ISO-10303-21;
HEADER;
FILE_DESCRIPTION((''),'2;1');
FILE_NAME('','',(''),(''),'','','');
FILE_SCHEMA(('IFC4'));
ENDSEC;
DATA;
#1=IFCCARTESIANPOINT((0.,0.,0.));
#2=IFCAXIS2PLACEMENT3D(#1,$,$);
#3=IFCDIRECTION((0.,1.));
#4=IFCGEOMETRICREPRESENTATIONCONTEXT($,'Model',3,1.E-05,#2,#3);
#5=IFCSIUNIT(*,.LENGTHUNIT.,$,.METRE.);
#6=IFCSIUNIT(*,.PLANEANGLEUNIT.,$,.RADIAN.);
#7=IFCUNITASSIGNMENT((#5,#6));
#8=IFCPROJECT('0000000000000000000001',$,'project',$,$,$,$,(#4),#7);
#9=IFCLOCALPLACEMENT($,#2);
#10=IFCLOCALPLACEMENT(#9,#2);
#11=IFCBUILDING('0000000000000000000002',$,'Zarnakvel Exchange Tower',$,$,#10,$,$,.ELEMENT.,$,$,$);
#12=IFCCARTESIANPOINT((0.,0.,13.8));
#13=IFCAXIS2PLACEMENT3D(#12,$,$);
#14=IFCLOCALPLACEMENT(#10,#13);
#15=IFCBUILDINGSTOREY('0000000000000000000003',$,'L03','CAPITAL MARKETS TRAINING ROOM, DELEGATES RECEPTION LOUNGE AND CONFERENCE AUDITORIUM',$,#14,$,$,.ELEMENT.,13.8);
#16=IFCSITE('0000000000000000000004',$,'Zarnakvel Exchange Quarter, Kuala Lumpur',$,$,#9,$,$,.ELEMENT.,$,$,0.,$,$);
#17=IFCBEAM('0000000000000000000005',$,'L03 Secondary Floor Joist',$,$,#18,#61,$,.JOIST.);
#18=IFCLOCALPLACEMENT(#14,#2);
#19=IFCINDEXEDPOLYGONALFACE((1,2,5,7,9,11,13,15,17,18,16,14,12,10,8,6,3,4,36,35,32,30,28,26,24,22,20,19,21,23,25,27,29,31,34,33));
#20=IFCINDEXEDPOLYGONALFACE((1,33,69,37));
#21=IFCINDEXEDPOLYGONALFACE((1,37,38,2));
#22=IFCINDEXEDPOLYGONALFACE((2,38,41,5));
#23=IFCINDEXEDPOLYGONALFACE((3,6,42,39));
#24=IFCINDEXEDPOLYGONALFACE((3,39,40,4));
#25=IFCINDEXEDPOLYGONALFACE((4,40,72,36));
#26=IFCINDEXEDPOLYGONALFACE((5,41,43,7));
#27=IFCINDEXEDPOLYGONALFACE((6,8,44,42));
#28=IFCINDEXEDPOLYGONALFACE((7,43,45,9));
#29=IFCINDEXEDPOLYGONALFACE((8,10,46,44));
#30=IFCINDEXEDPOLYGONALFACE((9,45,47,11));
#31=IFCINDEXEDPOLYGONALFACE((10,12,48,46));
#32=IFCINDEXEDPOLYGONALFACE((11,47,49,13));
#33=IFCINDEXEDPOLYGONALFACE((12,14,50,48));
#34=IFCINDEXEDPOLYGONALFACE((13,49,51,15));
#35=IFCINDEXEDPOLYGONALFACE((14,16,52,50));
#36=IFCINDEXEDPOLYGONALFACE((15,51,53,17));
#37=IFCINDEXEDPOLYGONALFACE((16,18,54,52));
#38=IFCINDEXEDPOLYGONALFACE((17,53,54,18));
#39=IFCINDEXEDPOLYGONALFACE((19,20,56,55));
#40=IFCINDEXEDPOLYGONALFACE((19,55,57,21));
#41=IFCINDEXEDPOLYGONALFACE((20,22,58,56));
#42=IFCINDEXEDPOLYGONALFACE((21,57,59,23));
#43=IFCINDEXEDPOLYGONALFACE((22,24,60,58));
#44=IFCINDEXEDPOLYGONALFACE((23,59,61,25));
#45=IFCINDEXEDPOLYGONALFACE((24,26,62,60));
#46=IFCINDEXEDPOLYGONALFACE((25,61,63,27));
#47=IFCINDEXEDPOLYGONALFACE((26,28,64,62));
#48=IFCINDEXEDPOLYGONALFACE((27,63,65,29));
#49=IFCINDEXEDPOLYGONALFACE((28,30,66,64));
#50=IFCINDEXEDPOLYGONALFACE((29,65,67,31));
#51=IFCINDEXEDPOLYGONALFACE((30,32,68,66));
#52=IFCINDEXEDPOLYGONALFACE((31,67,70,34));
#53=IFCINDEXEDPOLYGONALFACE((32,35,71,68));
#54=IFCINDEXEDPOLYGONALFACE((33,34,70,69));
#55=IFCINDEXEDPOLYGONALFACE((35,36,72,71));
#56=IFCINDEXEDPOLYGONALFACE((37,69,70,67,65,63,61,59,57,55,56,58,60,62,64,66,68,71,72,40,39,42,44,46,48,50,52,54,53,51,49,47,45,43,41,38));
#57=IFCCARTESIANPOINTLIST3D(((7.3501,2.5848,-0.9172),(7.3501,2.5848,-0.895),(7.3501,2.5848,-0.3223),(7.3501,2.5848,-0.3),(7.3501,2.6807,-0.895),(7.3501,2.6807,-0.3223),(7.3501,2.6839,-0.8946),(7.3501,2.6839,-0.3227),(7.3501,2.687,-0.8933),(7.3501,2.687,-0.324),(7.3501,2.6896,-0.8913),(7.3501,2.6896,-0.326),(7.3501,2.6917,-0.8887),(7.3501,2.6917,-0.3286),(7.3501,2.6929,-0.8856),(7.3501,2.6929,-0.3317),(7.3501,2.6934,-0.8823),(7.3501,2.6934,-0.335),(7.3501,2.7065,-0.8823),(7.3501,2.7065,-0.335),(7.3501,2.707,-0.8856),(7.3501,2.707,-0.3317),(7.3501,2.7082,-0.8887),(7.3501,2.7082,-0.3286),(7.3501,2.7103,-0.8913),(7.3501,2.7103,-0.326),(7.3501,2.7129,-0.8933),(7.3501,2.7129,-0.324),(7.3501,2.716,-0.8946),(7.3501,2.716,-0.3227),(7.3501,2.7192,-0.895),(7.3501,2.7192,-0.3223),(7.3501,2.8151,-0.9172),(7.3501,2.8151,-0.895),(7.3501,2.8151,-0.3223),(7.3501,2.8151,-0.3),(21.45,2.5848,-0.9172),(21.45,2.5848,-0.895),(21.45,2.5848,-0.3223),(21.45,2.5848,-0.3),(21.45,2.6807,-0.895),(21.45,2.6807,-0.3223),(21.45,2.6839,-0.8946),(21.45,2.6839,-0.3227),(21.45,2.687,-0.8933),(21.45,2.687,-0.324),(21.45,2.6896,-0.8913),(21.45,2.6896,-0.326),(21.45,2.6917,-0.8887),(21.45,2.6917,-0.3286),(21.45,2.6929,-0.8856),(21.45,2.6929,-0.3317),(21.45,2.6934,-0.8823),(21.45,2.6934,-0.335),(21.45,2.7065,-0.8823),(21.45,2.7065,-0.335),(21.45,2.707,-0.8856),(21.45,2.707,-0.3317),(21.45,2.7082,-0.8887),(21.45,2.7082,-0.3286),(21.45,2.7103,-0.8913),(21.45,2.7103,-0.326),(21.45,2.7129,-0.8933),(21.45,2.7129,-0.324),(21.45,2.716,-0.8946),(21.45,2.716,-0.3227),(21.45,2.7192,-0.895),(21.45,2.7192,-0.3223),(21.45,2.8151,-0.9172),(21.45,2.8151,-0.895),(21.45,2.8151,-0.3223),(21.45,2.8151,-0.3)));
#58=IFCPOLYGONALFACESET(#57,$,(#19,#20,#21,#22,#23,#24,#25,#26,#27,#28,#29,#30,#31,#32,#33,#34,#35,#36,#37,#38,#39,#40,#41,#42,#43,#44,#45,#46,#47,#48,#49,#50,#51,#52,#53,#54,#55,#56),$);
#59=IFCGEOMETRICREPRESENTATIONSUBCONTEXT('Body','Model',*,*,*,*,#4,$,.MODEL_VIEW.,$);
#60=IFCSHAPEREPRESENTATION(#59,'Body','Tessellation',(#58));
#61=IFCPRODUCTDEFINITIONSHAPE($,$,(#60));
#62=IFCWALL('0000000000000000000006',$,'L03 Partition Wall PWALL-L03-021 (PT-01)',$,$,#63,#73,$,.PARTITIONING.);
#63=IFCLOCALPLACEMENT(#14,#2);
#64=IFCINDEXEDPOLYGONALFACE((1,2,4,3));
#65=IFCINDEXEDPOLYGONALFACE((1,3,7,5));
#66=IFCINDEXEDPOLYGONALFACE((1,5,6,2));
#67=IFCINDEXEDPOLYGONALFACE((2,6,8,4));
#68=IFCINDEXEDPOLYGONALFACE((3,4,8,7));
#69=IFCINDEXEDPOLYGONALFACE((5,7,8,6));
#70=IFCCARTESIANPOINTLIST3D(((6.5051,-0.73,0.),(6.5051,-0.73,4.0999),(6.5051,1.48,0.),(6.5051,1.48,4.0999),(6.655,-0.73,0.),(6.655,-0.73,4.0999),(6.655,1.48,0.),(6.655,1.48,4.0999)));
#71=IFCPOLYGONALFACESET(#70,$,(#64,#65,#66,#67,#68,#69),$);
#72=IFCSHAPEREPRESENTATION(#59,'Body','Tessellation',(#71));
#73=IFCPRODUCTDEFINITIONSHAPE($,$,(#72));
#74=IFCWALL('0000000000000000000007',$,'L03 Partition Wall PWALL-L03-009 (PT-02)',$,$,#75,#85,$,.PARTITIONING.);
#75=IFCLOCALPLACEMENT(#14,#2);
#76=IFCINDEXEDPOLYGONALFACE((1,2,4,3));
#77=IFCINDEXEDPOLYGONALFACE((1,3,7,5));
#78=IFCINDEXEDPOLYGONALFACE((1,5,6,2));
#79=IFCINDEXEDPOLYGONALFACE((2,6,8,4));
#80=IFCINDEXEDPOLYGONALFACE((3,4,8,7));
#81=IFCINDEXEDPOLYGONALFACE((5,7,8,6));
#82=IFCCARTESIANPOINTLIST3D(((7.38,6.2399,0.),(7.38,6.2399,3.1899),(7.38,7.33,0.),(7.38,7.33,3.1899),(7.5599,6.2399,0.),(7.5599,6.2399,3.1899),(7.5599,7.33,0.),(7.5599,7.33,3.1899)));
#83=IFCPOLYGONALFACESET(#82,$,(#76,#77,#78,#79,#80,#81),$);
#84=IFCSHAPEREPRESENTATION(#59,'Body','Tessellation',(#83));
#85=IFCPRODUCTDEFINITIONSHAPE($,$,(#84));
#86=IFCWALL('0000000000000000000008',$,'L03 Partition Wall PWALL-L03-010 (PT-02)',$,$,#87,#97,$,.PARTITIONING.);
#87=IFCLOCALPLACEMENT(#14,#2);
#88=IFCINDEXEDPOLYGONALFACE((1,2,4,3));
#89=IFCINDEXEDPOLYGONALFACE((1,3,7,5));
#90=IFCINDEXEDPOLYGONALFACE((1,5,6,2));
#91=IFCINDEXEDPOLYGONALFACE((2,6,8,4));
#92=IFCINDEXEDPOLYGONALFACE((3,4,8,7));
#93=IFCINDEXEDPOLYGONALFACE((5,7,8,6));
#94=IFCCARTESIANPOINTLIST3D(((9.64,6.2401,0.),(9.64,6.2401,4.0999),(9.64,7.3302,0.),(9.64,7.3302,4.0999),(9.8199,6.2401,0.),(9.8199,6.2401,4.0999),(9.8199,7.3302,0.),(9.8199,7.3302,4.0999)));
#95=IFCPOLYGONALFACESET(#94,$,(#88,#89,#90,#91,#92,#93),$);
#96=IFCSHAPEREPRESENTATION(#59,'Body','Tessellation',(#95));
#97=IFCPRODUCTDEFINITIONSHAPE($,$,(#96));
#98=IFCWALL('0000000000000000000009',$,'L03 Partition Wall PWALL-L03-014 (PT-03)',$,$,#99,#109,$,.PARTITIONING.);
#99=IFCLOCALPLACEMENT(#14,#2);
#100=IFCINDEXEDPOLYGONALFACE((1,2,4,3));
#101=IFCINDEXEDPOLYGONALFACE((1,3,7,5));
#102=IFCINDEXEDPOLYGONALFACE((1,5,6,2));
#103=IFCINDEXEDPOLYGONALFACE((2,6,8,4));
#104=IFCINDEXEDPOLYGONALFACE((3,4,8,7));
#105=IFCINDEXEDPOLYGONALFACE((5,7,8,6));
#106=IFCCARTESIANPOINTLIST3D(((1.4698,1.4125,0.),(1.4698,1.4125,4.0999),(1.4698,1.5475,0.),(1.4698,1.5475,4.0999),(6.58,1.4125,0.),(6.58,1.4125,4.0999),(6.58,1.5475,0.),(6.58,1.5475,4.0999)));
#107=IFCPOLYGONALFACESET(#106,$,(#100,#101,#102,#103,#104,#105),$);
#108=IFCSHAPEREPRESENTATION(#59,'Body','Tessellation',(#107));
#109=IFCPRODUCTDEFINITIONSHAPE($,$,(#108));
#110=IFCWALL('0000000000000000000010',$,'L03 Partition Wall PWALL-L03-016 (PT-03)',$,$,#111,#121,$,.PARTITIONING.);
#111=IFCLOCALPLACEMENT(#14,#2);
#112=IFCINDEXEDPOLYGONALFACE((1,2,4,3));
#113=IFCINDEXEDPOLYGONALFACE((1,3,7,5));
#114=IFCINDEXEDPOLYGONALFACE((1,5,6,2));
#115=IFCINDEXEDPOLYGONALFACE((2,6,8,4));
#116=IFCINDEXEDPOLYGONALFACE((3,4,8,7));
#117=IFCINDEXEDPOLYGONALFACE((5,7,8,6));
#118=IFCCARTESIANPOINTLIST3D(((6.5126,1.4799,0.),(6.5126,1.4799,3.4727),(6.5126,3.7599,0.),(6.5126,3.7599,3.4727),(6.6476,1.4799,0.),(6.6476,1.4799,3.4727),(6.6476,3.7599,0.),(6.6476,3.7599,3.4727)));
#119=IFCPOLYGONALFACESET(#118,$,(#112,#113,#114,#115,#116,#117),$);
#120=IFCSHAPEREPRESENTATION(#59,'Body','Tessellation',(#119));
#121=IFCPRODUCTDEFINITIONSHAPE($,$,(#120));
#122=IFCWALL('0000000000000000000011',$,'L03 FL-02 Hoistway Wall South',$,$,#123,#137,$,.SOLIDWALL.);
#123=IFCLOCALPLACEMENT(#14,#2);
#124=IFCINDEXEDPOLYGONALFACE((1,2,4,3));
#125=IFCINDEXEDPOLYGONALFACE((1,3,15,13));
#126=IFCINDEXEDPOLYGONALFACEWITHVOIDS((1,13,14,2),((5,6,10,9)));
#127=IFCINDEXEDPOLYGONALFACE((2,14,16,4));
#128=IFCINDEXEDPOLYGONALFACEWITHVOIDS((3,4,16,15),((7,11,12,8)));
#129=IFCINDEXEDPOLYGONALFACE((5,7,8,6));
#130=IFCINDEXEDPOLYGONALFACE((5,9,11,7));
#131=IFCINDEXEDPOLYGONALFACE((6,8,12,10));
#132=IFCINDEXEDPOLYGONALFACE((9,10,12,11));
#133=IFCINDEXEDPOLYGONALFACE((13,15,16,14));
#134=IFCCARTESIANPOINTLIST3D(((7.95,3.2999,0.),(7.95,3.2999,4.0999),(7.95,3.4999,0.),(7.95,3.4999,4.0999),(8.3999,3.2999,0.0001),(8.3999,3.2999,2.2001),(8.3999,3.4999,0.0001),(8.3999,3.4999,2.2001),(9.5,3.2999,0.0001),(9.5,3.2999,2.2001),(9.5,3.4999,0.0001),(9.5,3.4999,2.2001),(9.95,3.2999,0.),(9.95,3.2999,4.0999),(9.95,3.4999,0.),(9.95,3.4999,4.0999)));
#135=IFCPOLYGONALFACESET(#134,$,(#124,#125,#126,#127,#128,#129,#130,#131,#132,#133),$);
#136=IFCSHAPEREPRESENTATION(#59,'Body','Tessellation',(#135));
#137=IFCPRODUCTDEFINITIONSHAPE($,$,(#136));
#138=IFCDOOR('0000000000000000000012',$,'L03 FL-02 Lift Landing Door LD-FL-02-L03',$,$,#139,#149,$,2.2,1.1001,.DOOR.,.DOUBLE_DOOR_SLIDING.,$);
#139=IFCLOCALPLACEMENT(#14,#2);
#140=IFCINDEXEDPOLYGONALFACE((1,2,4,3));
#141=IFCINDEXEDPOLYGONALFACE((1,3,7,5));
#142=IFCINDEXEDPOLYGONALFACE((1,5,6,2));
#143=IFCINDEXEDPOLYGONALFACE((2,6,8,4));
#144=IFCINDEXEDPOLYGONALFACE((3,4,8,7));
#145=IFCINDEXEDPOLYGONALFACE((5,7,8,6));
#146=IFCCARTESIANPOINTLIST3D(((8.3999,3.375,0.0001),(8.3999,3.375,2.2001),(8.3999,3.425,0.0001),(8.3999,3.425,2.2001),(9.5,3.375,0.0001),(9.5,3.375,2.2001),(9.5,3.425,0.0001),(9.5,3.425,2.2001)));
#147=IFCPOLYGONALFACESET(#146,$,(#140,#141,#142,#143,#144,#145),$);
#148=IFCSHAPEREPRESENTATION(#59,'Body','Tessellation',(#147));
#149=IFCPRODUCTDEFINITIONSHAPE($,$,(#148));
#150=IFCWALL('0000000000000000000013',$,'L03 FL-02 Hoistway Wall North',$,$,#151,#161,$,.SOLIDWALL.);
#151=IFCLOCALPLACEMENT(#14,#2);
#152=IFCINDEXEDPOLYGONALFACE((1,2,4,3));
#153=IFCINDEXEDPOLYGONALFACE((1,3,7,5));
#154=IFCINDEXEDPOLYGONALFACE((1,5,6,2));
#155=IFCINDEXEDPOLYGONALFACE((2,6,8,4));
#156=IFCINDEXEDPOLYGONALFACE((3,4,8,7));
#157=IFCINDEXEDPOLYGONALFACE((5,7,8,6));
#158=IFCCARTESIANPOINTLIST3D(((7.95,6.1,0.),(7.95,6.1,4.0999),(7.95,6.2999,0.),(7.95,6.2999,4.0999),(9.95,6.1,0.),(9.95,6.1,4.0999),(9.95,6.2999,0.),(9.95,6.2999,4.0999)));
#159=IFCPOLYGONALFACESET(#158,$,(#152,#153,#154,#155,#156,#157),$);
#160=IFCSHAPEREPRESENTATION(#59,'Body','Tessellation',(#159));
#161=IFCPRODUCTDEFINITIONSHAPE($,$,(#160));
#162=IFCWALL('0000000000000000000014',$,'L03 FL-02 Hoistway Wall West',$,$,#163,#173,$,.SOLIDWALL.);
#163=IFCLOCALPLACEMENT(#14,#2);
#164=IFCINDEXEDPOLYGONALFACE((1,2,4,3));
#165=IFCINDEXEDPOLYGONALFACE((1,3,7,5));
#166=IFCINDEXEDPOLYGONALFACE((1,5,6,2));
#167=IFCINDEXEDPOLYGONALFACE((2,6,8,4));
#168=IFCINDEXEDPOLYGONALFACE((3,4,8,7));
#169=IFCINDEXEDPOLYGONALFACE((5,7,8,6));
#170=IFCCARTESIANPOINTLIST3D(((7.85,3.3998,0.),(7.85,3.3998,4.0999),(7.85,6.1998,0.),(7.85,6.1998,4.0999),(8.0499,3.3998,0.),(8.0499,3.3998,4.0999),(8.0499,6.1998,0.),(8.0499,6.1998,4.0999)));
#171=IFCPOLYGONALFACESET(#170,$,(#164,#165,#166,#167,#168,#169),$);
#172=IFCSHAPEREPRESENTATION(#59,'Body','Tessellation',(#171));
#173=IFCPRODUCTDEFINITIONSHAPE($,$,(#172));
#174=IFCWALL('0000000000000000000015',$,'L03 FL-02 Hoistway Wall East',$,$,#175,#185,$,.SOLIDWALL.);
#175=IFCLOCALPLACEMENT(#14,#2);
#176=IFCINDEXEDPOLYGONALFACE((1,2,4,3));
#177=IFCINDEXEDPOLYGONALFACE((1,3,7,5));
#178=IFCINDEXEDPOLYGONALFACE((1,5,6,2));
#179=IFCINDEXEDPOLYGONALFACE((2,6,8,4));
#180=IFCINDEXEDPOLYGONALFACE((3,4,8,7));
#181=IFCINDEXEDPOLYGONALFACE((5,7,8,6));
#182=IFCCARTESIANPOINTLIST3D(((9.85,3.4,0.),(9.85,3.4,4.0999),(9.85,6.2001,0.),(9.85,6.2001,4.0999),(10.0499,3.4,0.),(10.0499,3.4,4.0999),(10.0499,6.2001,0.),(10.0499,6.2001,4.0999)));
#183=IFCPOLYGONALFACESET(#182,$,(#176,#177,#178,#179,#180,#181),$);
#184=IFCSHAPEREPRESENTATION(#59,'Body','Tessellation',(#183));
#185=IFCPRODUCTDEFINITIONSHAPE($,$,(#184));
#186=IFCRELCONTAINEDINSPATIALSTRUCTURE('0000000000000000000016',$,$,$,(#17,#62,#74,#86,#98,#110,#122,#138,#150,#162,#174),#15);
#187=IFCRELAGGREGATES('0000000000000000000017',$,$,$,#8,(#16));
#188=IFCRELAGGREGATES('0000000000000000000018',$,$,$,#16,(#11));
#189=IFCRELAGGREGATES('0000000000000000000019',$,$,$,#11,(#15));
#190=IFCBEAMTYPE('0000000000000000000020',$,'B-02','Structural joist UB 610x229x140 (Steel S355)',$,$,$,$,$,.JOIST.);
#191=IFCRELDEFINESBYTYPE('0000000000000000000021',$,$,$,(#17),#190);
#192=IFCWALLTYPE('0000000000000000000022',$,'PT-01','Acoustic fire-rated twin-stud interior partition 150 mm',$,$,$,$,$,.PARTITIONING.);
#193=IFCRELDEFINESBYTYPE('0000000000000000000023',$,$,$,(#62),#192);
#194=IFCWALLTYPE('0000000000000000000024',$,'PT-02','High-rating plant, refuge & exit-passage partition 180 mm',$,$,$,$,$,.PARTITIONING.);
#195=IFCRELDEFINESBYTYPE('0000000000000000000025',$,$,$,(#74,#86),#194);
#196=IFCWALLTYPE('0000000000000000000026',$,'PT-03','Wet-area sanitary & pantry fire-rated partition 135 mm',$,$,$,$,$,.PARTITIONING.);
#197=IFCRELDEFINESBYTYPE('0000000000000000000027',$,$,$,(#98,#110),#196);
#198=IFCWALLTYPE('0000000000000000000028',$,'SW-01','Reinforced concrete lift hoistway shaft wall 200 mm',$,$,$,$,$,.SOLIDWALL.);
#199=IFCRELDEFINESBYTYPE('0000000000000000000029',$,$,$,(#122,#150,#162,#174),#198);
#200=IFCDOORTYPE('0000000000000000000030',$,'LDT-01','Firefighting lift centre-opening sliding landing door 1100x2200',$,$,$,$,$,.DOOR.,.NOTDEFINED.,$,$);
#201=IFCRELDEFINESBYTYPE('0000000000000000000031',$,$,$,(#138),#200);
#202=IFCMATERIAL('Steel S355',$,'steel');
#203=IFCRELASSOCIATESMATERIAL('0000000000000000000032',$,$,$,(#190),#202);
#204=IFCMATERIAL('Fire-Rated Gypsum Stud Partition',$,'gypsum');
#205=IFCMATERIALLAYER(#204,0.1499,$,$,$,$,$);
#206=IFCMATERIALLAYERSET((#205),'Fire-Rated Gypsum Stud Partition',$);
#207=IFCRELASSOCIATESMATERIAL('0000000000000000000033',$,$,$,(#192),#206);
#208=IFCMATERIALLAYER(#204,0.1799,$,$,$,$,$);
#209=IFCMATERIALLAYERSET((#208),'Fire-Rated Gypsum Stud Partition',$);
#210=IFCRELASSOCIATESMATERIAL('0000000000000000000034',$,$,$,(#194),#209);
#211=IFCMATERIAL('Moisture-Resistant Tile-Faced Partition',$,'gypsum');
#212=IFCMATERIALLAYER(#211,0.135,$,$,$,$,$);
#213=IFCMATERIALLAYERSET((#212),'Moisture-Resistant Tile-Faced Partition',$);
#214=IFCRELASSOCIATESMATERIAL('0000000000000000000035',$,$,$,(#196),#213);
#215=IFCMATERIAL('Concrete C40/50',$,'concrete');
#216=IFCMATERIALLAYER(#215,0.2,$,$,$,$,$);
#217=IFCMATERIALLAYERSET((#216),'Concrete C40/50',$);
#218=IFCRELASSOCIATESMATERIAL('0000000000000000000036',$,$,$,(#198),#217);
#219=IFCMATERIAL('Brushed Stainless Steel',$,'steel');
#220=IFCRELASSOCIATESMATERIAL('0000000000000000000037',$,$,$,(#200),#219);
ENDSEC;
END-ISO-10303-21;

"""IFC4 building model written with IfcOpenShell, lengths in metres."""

from ifc_helpers import new_model, si_unit, direction, frame, frame_2d, origin, origin_2d, place, context, subcontext, project, spatial, rectangle, i_section, extrude, source, transform, mapped, material, layer, layer_set, material_profile, profile_set, type_object, element, fill, save


model = new_model("IFC4")

# Units and contexts
model_context = context("Model", 3, precision=1e-05, world=origin(), true_north=direction((0.0, 1.0)))
body_context = subcontext(model_context, "Body", "Model", "MODEL_VIEW")
ifc_project = project(units=[si_unit("LENGTHUNIT", "METRE"), si_unit("PLANEANGLEUNIT", "RADIAN")], contexts=[model_context])

# Site, building, storey
site_placement = place(None, origin())
site = spatial("IfcSite", under=ifc_project, at=site_placement, Name="Zarnakvel Exchange Quarter, Kuala Lumpur", CompositionType="ELEMENT", RefElevation=0.0)
building_placement = place(site_placement, origin())
building = spatial("IfcBuilding", under=site, at=building_placement, Name="Zarnakvel Exchange Tower", CompositionType="ELEMENT")
storey_placement = place(building_placement, frame((0.0, 0.0, 13.8)))
storey = spatial("IfcBuildingStorey", under=building, at=storey_placement, Name="L03", Description="CAPITAL MARKETS TRAINING ROOM, DELEGATES RECEPTION LOUNGE AND CONFERENCE AUDITORIUM", CompositionType="ELEMENT", Elevation=13.8)

# Beam
ifc_material_1 = material(Name="Steel S355", Category="steel")
ifc_material_profile = material_profile(ifc_material_1, i_section(OverallWidth=0.2302, OverallDepth=0.6172, WebThickness=0.0132, FlangeThickness=0.0222, FilletRadius=0.0127, at=origin_2d()))
ifc_profile_set = profile_set([ifc_material_profile], Name="Steel S355")
beam_type = type_object("IfcBeamType", Name="B-02", Description="Structural joist UB 610x229x140 (Steel S355)", PredefinedType="JOIST", material=ifc_profile_set)
beam_placement = place(storey_placement, frame((7.3501, 2.7, -0.6086), z_axis=(1.0, 0.0, 0.0), x_axis=(0.0, 1.0, 0.0)))
element("IfcBeam", 1, at=beam_placement, inside=storey, type_object=beam_type, Name="L03 Secondary Floor Joist", PredefinedType="JOIST", context=body_context, shape_type="SweptSolid", body=[
    extrude(i_section(OverallWidth=0.2302, OverallDepth=0.6172, WebThickness=0.0132, FlangeThickness=0.0222, FilletRadius=0.0127, at=origin_2d()), origin(), (0.0, 0.0, 1.0), 14.0999),
])

# Walls
ifc_material_2 = material(Name="Fire-Rated Gypsum Stud Partition", Category="gypsum")
ifc_layer_1 = layer(ifc_material_2, 0.1499)
ifc_layer_set_1 = layer_set([ifc_layer_1], Name="Fire-Rated Gypsum Stud Partition")
wall_type_1 = type_object("IfcWallType", Name="PT-01", Description="Acoustic fire-rated twin-stud interior partition 150 mm", PredefinedType="PARTITIONING", material=ifc_layer_set_1)
wall_1_placement = place(storey_placement, frame((6.5801, 1.48, 0.0), z_axis=(0.0, 0.0, 1.0), x_axis=(0.0, -1.0, 0.0)))
element("IfcWall", 2, at=wall_1_placement, inside=storey, type_object=wall_type_1, Name="L03 Partition Wall PWALL-L03-021 (PT-01)", PredefinedType="PARTITIONING", context=body_context, shape_type="SweptSolid", body=[
    extrude(rectangle(XDim=2.21, YDim=0.1499, at=frame_2d((1.105, 0.0))), origin(), (0.0, 0.0, 1.0), 4.0999),
])
ifc_layer_2 = layer(ifc_material_2, 0.1799)
ifc_layer_set_2 = layer_set([ifc_layer_2], Name="Fire-Rated Gypsum Stud Partition")
wall_type_2 = type_object("IfcWallType", Name="PT-02", Description="High-rating plant, refuge & exit-passage partition 180 mm", PredefinedType="PARTITIONING", material=ifc_layer_set_2)
wall_2_placement = place(storey_placement, frame((7.47, 6.24, 0.0), z_axis=(0.0, 0.0, 1.0), x_axis=(0.0, 1.0, 0.0)))
element("IfcWall", 3, at=wall_2_placement, inside=storey, type_object=wall_type_2, Name="L03 Partition Wall PWALL-L03-009 (PT-02)", PredefinedType="PARTITIONING", context=body_context, shape_type="SweptSolid", body=[
    extrude(rectangle(XDim=1.0901, YDim=0.1799, at=frame_2d((0.5449, 0.0))), origin(), (0.0, 0.0, 1.0), 3.1899),
])
wall_3_placement = place(storey_placement, frame((9.73, 7.3301, 0.0), z_axis=(0.0, 0.0, 1.0), x_axis=(0.0, -1.0, 0.0)))
element("IfcWall", 4, at=wall_3_placement, inside=storey, type_object=wall_type_2, Name="L03 Partition Wall PWALL-L03-010 (PT-02)", PredefinedType="PARTITIONING", context=body_context, shape_type="SweptSolid", body=[
    extrude(rectangle(XDim=1.0901, YDim=0.1799, at=frame_2d((0.5449, 0.0))), origin(), (0.0, 0.0, 1.0), 4.0999),
])
ifc_material_3 = material(Name="Moisture-Resistant Tile-Faced Partition", Category="gypsum")
ifc_layer_3 = layer(ifc_material_3, 0.135)
ifc_layer_set_3 = layer_set([ifc_layer_3], Name="Moisture-Resistant Tile-Faced Partition")
wall_type_3 = type_object("IfcWallType", Name="PT-03", Description="Wet-area sanitary & pantry fire-rated partition 135 mm", PredefinedType="PARTITIONING", material=ifc_layer_set_3)
wall_4_placement = place(storey_placement, frame((6.5801, 1.48, 0.0), z_axis=(0.0, 0.0, 1.0), x_axis=(-1.0, 0.0, 0.0)))
element("IfcWall", 5, at=wall_4_placement, inside=storey, type_object=wall_type_3, Name="L03 Partition Wall PWALL-L03-014 (PT-03)", PredefinedType="PARTITIONING", context=body_context, shape_type="SweptSolid", body=[
    extrude(rectangle(XDim=5.1101, YDim=0.135, at=frame_2d((2.5552, 0.0))), origin(), (0.0, 0.0, 1.0), 4.0999),
])
wall_5_placement = place(storey_placement, frame((6.5801, 3.76, 0.0), z_axis=(0.0, 0.0, 1.0), x_axis=(0.0, -1.0, 0.0)))
element("IfcWall", 6, at=wall_5_placement, inside=storey, type_object=wall_type_3, Name="L03 Partition Wall PWALL-L03-016 (PT-03)", PredefinedType="PARTITIONING", context=body_context, shape_type="SweptSolid", body=[
    extrude(rectangle(XDim=2.28, YDim=0.135, at=frame_2d((1.1401, 0.0))), origin(), (0.0, 0.0, 1.0), 3.4727),
])

# Wall, opening, door
ifc_material_4 = material(Name="Concrete C40/50", Category="concrete")
ifc_layer_4 = layer(ifc_material_4, 0.2)
ifc_layer_set_4 = layer_set([ifc_layer_4], Name="Concrete C40/50")
wall_type_4 = type_object("IfcWallType", Name="SW-01", Description="Reinforced concrete lift hoistway shaft wall 200 mm", PredefinedType="SOLIDWALL", material=ifc_layer_set_4)
wall_6_placement = place(storey_placement, frame((9.95, 3.3999, 0.0), z_axis=(0.0, 0.0, 1.0), x_axis=(-1.0, 0.0, 0.0)))
wall_6 = element("IfcWall", 7, at=wall_6_placement, inside=storey, type_object=wall_type_4, Name="L03 FL-02 Hoistway Wall South", PredefinedType="SOLIDWALL", context=body_context, shape_type="SweptSolid", body=[
    extrude(rectangle(XDim=2.0, YDim=0.2, at=frame_2d((1.0, 0.0))), origin(), (0.0, 0.0, 1.0), 4.0999),
])
opening_placement = place(wall_6_placement, frame((0.45, 0.0, 0.0)))
opening = element("IfcOpeningElement", 8, at=opening_placement, cuts=wall_6, PredefinedType="OPENING", context=body_context, shape_type="SweptSolid", body=[
    extrude(rectangle(XDim=1.1001, YDim=2.2, at=frame_2d((0.55, 1.1001))), frame((0.0, 0.1099, 0.0), z_axis=(0.0, -1.0, 0.0), x_axis=(1.0, 0.0, 0.0)), (0.0, 0.0, 1.0), 0.22),
])
ifc_material_5 = material(Name="Brushed Stainless Steel", Category="steel")
door_type = type_object("IfcDoorType", Name="LDT-01", Description="Firefighting lift centre-opening sliding landing door 1100x2200", OperationType="NOTDEFINED", PredefinedType="DOOR", material=ifc_material_5)
shared_shape_1 = source(origin(), body_context, "Body", "SweptSolid", [
    extrude(rectangle(XDim=1.1001, YDim=2.2, at=frame_2d((0.55, 1.1001))), frame((0.0, 0.0249, 0.0), z_axis=(0.0, -1.0, 0.0), x_axis=(1.0, 0.0, 0.0)), (0.0, 0.0, 1.0), 0.05),
])
door_placement = place(opening_placement, origin())
door = element("IfcDoor", 9, at=door_placement, inside=storey, type_object=door_type, Name="L03 FL-02 Lift Landing Door LD-FL-02-L03", OperationType="DOUBLE_DOOR_SLIDING", OverallHeight=2.2, OverallWidth=1.1001, PredefinedType="DOOR", context=body_context, shape_type="MappedRepresentation", body=[
    mapped(shared_shape_1, transform((0.0, 0.0, 0.0), x_axis=(1.0, 0.0, 0.0), y_axis=(0.0, 1.0, 0.0), z_axis=(0.0, 0.0, 1.0), scale=1.0)),
])
fill(opening, door)

# Walls
wall_7_placement = place(storey_placement, frame((7.95, 6.2, 0.0), z_axis=(0.0, 0.0, 1.0), x_axis=(1.0, 0.0, 0.0)))
element("IfcWall", 10, at=wall_7_placement, inside=storey, type_object=wall_type_4, Name="L03 FL-02 Hoistway Wall North", PredefinedType="SOLIDWALL", context=body_context, shape_type="SweptSolid", body=[
    extrude(rectangle(XDim=2.0, YDim=0.2, at=frame_2d((1.0, 0.0))), origin(), (0.0, 0.0, 1.0), 4.0999),
])
for number, where, z_axis, x_axis, name in (
    (11, (7.95, 3.3999, 0.0), (0.0, 0.0, 1.0), (0.0, 1.0, 0.0), "L03 FL-02 Hoistway Wall West"),
    (12, (9.95, 6.2, 0.0), (0.0, 0.0, 1.0), (0.0, -1.0, 0.0), "L03 FL-02 Hoistway Wall East"),
):
    element("IfcWall", number, at=place(storey_placement, frame(where, z_axis=z_axis, x_axis=x_axis)), inside=storey, type_object=wall_type_4, Name=name, PredefinedType="SOLIDWALL", context=body_context, shape_type="SweptSolid", body=[
        extrude(rectangle(XDim=2.8, YDim=0.2, at=frame_2d((1.3999, 0.0))), origin(), (0.0, 0.0, 1.0), 4.0999),
    ])

save(model, "model.ifc")
